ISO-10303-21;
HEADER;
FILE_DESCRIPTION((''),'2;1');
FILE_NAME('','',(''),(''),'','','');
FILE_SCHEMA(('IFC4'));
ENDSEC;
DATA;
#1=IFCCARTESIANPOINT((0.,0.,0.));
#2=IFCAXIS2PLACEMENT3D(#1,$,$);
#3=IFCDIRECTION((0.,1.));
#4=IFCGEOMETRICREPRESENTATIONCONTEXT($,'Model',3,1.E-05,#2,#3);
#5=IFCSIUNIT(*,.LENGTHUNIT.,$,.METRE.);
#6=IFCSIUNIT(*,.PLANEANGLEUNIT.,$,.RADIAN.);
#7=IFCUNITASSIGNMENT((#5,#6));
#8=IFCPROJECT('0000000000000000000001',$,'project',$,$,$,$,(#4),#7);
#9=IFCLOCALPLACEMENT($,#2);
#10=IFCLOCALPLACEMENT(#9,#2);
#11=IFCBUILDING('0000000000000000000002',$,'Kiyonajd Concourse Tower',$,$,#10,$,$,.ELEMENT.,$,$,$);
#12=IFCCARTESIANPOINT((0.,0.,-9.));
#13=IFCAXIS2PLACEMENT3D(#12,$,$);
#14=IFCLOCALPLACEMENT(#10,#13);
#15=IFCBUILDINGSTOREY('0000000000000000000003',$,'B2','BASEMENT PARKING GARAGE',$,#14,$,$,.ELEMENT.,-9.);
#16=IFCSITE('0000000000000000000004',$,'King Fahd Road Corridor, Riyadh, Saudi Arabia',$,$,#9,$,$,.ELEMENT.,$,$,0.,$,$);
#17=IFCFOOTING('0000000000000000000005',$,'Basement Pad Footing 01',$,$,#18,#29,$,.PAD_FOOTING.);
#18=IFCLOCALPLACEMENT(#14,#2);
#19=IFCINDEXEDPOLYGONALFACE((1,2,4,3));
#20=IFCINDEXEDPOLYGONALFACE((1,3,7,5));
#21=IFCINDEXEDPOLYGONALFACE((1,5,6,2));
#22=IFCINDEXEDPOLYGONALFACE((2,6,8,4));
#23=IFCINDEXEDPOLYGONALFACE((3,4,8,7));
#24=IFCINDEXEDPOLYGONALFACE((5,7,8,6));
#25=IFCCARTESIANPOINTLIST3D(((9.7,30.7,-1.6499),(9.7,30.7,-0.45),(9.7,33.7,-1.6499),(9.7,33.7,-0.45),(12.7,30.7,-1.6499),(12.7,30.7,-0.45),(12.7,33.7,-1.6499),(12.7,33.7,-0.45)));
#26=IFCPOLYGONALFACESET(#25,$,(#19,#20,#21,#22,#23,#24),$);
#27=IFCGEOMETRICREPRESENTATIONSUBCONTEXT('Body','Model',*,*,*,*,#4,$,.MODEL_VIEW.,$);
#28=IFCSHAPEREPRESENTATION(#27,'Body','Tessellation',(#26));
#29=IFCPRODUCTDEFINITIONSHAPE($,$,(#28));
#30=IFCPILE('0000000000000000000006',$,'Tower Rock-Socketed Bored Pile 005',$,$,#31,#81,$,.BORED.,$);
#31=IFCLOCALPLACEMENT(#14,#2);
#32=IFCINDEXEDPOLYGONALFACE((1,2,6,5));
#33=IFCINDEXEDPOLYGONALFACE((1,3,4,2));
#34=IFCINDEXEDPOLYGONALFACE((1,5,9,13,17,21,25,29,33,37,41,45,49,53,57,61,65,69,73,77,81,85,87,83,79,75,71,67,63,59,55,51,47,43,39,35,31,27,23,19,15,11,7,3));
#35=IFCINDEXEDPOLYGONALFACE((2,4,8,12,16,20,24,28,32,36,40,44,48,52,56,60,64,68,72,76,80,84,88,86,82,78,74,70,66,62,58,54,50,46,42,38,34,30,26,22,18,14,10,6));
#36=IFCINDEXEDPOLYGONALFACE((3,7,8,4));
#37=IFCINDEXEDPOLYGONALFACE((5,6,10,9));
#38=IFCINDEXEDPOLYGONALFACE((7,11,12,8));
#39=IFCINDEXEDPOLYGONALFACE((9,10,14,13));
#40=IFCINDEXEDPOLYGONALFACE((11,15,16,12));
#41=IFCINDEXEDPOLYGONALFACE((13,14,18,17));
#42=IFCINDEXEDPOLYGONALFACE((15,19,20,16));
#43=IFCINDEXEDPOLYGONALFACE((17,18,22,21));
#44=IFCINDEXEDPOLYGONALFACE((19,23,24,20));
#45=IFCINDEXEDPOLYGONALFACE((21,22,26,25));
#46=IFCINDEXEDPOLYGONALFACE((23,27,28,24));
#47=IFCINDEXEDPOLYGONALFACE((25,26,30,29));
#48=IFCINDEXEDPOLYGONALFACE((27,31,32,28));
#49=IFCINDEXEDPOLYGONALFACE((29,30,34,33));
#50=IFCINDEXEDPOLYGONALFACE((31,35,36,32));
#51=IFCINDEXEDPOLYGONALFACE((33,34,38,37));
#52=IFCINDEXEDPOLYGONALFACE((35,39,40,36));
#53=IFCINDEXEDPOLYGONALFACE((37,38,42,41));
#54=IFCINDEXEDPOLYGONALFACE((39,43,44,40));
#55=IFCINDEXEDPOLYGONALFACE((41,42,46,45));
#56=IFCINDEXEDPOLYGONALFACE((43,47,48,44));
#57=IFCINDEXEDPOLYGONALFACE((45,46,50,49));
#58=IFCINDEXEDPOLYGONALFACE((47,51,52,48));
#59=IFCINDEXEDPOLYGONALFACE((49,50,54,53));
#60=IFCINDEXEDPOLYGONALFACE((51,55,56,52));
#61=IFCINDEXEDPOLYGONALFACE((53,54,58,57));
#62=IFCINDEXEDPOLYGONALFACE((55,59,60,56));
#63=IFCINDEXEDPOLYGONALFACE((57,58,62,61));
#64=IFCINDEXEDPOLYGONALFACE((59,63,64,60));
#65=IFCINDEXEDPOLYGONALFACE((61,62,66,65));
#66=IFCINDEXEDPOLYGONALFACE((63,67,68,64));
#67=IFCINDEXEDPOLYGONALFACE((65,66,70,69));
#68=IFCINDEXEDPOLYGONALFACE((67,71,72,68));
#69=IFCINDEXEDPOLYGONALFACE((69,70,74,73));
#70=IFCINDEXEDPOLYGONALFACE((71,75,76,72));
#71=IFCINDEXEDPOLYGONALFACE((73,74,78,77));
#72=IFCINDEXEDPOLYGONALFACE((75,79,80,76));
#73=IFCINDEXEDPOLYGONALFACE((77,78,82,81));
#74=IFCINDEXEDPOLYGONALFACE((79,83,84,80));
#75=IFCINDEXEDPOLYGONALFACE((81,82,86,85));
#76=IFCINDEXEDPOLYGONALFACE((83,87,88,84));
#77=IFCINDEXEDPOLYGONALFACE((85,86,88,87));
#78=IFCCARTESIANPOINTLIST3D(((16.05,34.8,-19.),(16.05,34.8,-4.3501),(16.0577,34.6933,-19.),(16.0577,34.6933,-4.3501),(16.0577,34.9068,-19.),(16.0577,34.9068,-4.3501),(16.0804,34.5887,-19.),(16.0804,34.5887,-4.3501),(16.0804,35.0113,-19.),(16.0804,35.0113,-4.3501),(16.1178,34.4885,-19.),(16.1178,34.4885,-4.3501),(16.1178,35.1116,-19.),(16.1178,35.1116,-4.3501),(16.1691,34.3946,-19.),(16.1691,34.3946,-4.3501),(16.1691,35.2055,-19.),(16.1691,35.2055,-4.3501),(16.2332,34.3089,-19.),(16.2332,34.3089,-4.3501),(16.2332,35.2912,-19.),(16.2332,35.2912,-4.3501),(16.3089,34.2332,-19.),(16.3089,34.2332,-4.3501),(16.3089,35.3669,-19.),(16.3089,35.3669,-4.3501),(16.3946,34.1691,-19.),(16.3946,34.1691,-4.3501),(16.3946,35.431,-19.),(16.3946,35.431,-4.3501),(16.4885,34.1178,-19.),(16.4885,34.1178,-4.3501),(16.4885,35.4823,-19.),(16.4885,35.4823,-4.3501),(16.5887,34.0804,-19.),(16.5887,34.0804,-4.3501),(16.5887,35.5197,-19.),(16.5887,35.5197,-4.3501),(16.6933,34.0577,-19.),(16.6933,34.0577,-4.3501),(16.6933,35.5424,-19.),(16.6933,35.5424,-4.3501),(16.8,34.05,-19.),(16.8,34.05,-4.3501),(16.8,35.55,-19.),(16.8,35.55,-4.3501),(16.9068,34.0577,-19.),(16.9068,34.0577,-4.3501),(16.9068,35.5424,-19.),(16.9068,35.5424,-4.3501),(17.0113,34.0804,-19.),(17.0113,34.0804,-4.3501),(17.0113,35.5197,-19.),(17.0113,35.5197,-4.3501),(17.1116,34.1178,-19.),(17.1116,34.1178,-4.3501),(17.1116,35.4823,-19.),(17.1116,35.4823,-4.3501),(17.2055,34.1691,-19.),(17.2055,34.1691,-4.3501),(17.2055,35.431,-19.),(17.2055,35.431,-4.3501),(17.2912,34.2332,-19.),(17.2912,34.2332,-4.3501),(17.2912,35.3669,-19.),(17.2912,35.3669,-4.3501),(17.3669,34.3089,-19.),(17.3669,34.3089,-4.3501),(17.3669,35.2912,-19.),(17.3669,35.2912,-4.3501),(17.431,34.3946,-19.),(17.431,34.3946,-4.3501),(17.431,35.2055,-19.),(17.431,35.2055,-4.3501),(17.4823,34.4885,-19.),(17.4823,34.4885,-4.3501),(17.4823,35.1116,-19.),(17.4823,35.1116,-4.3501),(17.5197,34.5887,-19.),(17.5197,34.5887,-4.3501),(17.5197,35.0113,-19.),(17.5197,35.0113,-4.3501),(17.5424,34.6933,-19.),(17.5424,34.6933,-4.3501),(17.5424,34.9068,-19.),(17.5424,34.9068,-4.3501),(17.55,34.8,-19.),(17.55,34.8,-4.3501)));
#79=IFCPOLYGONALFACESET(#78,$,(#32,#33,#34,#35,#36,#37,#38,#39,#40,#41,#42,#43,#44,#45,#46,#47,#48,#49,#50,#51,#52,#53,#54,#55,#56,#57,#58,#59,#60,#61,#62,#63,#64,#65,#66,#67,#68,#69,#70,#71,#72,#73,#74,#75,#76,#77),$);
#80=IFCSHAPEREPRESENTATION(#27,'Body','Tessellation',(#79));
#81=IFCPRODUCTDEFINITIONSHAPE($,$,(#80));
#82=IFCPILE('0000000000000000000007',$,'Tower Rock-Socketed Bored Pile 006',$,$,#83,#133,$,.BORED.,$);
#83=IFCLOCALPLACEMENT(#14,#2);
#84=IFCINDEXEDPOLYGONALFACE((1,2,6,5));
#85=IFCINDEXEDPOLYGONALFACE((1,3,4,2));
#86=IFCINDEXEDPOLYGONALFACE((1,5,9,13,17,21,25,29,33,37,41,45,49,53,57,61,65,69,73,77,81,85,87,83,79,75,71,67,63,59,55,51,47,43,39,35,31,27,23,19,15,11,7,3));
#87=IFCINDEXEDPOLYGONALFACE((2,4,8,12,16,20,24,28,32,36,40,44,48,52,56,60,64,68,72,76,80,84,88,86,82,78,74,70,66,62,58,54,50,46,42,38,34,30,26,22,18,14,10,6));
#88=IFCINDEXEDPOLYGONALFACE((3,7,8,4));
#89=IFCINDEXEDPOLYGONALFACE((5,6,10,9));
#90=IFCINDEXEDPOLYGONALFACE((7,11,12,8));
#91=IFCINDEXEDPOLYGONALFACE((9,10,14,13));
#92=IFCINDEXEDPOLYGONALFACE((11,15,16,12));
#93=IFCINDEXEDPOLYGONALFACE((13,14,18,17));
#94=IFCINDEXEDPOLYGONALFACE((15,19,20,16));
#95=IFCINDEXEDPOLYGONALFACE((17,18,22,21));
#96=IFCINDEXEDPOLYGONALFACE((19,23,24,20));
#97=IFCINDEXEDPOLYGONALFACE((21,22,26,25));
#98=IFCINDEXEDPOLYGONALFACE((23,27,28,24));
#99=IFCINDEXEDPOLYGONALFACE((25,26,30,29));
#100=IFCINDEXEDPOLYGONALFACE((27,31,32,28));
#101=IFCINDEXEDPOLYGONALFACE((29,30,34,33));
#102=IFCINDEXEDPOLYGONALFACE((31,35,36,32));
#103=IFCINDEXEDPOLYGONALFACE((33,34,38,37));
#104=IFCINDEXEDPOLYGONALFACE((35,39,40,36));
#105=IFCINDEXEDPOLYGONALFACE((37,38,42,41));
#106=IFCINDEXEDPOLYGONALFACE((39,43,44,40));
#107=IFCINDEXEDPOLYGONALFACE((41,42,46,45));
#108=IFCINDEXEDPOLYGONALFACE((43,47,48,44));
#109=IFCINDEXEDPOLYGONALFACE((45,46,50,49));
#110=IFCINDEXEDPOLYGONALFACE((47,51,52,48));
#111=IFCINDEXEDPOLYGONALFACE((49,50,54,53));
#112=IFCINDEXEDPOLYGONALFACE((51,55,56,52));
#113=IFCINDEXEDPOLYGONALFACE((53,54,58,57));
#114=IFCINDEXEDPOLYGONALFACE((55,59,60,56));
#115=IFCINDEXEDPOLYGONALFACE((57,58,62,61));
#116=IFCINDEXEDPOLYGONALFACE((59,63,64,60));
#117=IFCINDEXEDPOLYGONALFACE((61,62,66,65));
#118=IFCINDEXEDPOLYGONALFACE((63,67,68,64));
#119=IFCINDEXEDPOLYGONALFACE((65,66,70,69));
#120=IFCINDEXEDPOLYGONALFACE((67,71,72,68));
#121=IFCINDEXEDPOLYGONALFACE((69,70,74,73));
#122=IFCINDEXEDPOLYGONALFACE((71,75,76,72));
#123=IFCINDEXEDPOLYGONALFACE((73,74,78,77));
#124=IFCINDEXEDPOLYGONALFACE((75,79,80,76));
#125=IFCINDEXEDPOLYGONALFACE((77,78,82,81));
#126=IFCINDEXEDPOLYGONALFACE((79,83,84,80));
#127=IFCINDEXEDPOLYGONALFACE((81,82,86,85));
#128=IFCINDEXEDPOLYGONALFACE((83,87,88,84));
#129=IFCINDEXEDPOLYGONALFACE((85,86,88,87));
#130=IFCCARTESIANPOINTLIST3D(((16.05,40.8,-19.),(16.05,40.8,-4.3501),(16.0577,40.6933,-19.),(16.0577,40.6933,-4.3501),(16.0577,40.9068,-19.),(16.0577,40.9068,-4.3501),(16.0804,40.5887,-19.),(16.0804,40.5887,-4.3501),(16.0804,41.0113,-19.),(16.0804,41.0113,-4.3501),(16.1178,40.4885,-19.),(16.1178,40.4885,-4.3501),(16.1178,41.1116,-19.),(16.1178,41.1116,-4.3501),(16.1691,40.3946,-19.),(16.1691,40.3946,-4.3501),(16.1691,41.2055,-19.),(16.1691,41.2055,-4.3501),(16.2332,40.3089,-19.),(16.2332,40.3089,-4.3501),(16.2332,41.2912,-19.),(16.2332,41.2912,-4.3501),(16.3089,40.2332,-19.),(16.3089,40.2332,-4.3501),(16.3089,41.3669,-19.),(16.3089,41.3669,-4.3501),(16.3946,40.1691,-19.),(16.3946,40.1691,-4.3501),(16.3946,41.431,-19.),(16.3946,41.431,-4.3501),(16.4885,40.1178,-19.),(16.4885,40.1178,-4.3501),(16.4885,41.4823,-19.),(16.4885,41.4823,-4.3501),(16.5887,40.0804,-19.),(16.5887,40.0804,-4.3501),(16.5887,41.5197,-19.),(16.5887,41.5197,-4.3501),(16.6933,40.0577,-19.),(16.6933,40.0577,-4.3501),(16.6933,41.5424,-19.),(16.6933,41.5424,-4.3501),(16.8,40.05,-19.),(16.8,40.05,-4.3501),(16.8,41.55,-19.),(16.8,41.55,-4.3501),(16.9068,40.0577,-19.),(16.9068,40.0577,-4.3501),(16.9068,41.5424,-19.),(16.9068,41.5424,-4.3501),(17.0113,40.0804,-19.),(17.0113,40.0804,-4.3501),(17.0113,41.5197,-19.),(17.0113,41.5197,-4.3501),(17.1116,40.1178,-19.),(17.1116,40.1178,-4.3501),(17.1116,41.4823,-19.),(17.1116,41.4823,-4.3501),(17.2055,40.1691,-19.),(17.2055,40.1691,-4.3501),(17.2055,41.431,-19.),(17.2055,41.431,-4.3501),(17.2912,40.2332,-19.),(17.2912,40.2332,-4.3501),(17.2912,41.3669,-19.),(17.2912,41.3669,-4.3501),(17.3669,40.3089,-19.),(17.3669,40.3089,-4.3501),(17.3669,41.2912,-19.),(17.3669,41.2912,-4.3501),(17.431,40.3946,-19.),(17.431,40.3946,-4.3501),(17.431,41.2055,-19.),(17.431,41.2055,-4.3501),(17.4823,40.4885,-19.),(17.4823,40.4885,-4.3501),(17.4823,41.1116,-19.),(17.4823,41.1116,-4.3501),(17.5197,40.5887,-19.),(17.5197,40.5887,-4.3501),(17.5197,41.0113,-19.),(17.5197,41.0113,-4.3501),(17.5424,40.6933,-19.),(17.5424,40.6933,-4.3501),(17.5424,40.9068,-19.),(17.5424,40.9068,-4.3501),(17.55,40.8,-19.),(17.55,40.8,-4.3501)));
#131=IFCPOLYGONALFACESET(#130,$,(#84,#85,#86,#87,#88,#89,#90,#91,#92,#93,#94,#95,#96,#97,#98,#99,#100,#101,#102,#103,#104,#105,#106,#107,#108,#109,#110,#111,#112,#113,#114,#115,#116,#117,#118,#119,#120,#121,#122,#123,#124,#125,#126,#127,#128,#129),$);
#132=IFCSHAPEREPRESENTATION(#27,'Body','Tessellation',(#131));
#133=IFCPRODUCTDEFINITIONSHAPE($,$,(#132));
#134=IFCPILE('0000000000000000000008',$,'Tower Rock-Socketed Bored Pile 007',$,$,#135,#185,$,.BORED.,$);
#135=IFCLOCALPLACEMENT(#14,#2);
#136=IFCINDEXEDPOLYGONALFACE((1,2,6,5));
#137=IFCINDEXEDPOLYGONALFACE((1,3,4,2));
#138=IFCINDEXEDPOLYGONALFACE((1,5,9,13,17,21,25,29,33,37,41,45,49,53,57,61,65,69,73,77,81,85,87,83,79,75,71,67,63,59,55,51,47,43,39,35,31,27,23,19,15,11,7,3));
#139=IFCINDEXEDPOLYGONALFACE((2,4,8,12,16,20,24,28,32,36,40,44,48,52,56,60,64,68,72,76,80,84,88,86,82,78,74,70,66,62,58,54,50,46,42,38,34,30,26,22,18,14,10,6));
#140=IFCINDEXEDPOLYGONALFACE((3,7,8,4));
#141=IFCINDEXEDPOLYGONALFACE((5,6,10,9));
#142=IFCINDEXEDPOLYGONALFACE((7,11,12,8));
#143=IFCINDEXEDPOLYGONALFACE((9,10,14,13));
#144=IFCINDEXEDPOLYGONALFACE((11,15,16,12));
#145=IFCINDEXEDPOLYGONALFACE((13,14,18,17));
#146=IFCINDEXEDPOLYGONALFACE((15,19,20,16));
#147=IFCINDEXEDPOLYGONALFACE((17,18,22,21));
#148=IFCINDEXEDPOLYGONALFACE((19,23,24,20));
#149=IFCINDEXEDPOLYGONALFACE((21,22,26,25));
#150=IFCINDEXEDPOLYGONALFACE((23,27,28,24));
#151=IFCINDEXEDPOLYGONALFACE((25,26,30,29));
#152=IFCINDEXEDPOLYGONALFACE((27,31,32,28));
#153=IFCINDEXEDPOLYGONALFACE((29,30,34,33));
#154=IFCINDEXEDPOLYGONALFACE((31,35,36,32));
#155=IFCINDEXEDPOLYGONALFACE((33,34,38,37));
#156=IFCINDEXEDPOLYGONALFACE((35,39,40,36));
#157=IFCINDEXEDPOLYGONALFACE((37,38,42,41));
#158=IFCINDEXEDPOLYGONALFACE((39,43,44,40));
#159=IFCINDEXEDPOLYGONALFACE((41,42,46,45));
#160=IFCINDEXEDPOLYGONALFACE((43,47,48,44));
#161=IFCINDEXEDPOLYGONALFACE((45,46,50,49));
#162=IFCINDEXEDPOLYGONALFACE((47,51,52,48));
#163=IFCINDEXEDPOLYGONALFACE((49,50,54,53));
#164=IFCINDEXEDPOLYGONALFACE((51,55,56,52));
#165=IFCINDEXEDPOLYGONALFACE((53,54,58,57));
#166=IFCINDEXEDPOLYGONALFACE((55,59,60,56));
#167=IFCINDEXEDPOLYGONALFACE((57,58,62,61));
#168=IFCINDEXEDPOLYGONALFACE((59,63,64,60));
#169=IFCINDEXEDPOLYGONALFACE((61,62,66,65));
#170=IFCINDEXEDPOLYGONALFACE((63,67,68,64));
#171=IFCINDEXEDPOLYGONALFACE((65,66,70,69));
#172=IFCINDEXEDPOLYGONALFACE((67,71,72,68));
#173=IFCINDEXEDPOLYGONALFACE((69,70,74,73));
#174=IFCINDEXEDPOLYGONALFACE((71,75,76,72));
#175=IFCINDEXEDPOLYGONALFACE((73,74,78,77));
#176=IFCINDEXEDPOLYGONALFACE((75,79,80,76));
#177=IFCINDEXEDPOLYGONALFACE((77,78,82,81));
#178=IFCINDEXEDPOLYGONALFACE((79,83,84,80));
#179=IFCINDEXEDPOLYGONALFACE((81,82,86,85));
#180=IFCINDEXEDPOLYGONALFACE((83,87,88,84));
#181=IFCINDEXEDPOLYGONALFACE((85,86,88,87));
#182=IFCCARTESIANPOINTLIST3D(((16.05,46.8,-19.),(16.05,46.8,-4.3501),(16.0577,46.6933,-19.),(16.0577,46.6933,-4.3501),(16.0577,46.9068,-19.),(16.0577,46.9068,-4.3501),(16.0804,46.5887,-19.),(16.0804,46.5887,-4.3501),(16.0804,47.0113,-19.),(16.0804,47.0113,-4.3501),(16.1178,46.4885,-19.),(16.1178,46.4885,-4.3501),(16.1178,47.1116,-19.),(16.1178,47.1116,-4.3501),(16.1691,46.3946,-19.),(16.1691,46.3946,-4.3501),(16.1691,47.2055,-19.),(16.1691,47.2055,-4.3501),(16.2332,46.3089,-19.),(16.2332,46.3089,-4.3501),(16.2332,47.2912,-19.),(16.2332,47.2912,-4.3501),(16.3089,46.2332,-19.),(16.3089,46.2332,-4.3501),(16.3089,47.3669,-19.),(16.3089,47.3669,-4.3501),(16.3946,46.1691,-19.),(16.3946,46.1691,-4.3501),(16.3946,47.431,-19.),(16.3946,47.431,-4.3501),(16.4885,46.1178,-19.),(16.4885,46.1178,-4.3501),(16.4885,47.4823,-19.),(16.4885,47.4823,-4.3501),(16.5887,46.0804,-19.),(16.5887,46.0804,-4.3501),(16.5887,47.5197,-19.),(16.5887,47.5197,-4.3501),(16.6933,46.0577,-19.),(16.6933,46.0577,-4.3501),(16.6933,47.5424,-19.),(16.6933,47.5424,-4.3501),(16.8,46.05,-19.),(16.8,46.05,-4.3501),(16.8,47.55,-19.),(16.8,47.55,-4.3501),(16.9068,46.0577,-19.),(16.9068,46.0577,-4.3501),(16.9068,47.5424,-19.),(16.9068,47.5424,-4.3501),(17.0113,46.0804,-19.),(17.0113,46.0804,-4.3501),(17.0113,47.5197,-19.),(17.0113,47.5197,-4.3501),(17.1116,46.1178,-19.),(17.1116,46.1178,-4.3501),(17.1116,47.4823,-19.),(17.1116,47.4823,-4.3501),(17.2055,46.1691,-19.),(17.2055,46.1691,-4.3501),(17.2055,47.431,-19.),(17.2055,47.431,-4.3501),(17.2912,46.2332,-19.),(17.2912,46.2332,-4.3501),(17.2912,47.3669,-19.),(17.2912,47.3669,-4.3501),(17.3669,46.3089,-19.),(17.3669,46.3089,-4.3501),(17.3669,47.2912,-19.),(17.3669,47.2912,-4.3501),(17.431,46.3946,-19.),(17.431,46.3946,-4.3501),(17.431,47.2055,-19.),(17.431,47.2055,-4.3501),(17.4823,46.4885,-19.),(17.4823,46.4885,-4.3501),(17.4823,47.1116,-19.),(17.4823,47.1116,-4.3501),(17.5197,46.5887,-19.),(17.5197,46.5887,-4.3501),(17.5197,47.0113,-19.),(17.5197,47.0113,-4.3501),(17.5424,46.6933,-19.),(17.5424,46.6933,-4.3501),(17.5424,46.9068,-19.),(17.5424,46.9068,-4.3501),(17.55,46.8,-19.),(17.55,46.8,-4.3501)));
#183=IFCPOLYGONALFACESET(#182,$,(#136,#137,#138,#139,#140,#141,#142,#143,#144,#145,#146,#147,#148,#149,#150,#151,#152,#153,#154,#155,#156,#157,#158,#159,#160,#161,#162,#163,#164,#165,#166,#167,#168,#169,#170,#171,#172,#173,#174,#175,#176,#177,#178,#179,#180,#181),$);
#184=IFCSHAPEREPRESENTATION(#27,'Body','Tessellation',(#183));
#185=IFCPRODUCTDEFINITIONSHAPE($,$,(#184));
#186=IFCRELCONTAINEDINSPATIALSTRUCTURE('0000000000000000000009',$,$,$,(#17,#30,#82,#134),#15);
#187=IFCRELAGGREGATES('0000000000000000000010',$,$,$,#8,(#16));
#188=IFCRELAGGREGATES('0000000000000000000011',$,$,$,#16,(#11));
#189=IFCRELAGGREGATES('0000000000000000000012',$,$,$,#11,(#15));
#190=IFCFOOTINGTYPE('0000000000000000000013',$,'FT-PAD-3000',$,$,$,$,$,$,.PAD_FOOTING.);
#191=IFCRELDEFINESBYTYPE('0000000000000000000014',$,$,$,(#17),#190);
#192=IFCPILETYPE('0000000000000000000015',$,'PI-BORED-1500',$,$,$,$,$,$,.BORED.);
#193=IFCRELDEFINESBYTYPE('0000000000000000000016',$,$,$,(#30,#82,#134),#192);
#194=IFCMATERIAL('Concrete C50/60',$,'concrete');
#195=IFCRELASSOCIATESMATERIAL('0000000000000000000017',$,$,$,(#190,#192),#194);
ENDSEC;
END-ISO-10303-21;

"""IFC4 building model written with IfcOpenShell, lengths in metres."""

from ifc_helpers import new_model, si_unit, direction, frame, origin, origin_2d, place, context, subcontext, project, spatial, rectangle, circle, extrude, material, material_profile, profile_set, type_object, element, save


model = new_model("IFC4")

# Units and contexts
model_context = context("Model", 3, precision=1e-05, world=origin(), true_north=direction((0.0, 1.0)))
body_context = subcontext(model_context, "Body", "Model", "MODEL_VIEW")
ifc_project = project(units=[si_unit("LENGTHUNIT", "METRE"), si_unit("PLANEANGLEUNIT", "RADIAN")], contexts=[model_context])

# Site, building, storey
site_placement = place(None, origin())
site = spatial("IfcSite", under=ifc_project, at=site_placement, Name="King Fahd Road Corridor, Riyadh, Saudi Arabia", CompositionType="ELEMENT", RefElevation=0.0)
building_placement = place(site_placement, origin())
building = spatial("IfcBuilding", under=site, at=building_placement, Name="Kiyonajd Concourse Tower", CompositionType="ELEMENT")
storey_placement = place(building_placement, frame((0.0, 0.0, -9.0)))
storey = spatial("IfcBuildingStorey", under=building, at=storey_placement, Name="B2", Description="BASEMENT PARKING GARAGE", CompositionType="ELEMENT", Elevation=-9.0)

# Footing
ifc_material_1 = material(Name="Concrete C50/60", Category="concrete")
footing_type = type_object("IfcFootingType", Name="FT-PAD-3000", PredefinedType="PAD_FOOTING", material=ifc_material_1)
footing_placement = place(storey_placement, frame((11.2, 32.2, -1.6499), z_axis=(0.0, 0.0, 1.0), x_axis=(1.0, 0.0, 0.0)))
element("IfcFooting", 1, at=footing_placement, inside=storey, type_object=footing_type, Name="Basement Pad Footing 01", PredefinedType="PAD_FOOTING", context=body_context, shape_type="SweptSolid", body=[
    extrude(rectangle(XDim=3.0, YDim=3.0, at=origin_2d()), origin(), (0.0, 0.0, 1.0), 1.2),
])

# Piles
ifc_material_profile_1 = material_profile(ifc_material_1, circle(Radius=0.75, at=origin_2d()), Name="PILE-D1500")
ifc_profile_set_1 = profile_set([ifc_material_profile_1], Name="Concrete C50/60")
pile_type = type_object("IfcPileType", Name="PI-BORED-1500", PredefinedType="BORED", material=ifc_profile_set_1)
for number, where, z_axis, x_axis, name in (
    (2, (16.8, 34.8, -4.3501), (0.0, 0.0, -1.0), (1.0, 0.0, 0.0), "Tower Rock-Socketed Bored Pile 005"),
    (3, (16.8, 40.8, -4.3501), (0.0, 0.0, -1.0), (1.0, 0.0, 0.0), "Tower Rock-Socketed Bored Pile 006"),
    (4, (16.8, 46.8, -4.3501), (0.0, 0.0, -1.0), (1.0, 0.0, 0.0), "Tower Rock-Socketed Bored Pile 007"),
):
    element("IfcPile", number, at=place(storey_placement, frame(where, z_axis=z_axis, x_axis=x_axis)), inside=storey, type_object=pile_type, Name=name, PredefinedType="BORED", context=body_context, shape_type="SweptSolid", body=[
        extrude(circle(Radius=0.75, at=origin_2d()), origin(), (0.0, 0.0, 1.0), 14.6499),
    ])

save(model, "model.ifc")
